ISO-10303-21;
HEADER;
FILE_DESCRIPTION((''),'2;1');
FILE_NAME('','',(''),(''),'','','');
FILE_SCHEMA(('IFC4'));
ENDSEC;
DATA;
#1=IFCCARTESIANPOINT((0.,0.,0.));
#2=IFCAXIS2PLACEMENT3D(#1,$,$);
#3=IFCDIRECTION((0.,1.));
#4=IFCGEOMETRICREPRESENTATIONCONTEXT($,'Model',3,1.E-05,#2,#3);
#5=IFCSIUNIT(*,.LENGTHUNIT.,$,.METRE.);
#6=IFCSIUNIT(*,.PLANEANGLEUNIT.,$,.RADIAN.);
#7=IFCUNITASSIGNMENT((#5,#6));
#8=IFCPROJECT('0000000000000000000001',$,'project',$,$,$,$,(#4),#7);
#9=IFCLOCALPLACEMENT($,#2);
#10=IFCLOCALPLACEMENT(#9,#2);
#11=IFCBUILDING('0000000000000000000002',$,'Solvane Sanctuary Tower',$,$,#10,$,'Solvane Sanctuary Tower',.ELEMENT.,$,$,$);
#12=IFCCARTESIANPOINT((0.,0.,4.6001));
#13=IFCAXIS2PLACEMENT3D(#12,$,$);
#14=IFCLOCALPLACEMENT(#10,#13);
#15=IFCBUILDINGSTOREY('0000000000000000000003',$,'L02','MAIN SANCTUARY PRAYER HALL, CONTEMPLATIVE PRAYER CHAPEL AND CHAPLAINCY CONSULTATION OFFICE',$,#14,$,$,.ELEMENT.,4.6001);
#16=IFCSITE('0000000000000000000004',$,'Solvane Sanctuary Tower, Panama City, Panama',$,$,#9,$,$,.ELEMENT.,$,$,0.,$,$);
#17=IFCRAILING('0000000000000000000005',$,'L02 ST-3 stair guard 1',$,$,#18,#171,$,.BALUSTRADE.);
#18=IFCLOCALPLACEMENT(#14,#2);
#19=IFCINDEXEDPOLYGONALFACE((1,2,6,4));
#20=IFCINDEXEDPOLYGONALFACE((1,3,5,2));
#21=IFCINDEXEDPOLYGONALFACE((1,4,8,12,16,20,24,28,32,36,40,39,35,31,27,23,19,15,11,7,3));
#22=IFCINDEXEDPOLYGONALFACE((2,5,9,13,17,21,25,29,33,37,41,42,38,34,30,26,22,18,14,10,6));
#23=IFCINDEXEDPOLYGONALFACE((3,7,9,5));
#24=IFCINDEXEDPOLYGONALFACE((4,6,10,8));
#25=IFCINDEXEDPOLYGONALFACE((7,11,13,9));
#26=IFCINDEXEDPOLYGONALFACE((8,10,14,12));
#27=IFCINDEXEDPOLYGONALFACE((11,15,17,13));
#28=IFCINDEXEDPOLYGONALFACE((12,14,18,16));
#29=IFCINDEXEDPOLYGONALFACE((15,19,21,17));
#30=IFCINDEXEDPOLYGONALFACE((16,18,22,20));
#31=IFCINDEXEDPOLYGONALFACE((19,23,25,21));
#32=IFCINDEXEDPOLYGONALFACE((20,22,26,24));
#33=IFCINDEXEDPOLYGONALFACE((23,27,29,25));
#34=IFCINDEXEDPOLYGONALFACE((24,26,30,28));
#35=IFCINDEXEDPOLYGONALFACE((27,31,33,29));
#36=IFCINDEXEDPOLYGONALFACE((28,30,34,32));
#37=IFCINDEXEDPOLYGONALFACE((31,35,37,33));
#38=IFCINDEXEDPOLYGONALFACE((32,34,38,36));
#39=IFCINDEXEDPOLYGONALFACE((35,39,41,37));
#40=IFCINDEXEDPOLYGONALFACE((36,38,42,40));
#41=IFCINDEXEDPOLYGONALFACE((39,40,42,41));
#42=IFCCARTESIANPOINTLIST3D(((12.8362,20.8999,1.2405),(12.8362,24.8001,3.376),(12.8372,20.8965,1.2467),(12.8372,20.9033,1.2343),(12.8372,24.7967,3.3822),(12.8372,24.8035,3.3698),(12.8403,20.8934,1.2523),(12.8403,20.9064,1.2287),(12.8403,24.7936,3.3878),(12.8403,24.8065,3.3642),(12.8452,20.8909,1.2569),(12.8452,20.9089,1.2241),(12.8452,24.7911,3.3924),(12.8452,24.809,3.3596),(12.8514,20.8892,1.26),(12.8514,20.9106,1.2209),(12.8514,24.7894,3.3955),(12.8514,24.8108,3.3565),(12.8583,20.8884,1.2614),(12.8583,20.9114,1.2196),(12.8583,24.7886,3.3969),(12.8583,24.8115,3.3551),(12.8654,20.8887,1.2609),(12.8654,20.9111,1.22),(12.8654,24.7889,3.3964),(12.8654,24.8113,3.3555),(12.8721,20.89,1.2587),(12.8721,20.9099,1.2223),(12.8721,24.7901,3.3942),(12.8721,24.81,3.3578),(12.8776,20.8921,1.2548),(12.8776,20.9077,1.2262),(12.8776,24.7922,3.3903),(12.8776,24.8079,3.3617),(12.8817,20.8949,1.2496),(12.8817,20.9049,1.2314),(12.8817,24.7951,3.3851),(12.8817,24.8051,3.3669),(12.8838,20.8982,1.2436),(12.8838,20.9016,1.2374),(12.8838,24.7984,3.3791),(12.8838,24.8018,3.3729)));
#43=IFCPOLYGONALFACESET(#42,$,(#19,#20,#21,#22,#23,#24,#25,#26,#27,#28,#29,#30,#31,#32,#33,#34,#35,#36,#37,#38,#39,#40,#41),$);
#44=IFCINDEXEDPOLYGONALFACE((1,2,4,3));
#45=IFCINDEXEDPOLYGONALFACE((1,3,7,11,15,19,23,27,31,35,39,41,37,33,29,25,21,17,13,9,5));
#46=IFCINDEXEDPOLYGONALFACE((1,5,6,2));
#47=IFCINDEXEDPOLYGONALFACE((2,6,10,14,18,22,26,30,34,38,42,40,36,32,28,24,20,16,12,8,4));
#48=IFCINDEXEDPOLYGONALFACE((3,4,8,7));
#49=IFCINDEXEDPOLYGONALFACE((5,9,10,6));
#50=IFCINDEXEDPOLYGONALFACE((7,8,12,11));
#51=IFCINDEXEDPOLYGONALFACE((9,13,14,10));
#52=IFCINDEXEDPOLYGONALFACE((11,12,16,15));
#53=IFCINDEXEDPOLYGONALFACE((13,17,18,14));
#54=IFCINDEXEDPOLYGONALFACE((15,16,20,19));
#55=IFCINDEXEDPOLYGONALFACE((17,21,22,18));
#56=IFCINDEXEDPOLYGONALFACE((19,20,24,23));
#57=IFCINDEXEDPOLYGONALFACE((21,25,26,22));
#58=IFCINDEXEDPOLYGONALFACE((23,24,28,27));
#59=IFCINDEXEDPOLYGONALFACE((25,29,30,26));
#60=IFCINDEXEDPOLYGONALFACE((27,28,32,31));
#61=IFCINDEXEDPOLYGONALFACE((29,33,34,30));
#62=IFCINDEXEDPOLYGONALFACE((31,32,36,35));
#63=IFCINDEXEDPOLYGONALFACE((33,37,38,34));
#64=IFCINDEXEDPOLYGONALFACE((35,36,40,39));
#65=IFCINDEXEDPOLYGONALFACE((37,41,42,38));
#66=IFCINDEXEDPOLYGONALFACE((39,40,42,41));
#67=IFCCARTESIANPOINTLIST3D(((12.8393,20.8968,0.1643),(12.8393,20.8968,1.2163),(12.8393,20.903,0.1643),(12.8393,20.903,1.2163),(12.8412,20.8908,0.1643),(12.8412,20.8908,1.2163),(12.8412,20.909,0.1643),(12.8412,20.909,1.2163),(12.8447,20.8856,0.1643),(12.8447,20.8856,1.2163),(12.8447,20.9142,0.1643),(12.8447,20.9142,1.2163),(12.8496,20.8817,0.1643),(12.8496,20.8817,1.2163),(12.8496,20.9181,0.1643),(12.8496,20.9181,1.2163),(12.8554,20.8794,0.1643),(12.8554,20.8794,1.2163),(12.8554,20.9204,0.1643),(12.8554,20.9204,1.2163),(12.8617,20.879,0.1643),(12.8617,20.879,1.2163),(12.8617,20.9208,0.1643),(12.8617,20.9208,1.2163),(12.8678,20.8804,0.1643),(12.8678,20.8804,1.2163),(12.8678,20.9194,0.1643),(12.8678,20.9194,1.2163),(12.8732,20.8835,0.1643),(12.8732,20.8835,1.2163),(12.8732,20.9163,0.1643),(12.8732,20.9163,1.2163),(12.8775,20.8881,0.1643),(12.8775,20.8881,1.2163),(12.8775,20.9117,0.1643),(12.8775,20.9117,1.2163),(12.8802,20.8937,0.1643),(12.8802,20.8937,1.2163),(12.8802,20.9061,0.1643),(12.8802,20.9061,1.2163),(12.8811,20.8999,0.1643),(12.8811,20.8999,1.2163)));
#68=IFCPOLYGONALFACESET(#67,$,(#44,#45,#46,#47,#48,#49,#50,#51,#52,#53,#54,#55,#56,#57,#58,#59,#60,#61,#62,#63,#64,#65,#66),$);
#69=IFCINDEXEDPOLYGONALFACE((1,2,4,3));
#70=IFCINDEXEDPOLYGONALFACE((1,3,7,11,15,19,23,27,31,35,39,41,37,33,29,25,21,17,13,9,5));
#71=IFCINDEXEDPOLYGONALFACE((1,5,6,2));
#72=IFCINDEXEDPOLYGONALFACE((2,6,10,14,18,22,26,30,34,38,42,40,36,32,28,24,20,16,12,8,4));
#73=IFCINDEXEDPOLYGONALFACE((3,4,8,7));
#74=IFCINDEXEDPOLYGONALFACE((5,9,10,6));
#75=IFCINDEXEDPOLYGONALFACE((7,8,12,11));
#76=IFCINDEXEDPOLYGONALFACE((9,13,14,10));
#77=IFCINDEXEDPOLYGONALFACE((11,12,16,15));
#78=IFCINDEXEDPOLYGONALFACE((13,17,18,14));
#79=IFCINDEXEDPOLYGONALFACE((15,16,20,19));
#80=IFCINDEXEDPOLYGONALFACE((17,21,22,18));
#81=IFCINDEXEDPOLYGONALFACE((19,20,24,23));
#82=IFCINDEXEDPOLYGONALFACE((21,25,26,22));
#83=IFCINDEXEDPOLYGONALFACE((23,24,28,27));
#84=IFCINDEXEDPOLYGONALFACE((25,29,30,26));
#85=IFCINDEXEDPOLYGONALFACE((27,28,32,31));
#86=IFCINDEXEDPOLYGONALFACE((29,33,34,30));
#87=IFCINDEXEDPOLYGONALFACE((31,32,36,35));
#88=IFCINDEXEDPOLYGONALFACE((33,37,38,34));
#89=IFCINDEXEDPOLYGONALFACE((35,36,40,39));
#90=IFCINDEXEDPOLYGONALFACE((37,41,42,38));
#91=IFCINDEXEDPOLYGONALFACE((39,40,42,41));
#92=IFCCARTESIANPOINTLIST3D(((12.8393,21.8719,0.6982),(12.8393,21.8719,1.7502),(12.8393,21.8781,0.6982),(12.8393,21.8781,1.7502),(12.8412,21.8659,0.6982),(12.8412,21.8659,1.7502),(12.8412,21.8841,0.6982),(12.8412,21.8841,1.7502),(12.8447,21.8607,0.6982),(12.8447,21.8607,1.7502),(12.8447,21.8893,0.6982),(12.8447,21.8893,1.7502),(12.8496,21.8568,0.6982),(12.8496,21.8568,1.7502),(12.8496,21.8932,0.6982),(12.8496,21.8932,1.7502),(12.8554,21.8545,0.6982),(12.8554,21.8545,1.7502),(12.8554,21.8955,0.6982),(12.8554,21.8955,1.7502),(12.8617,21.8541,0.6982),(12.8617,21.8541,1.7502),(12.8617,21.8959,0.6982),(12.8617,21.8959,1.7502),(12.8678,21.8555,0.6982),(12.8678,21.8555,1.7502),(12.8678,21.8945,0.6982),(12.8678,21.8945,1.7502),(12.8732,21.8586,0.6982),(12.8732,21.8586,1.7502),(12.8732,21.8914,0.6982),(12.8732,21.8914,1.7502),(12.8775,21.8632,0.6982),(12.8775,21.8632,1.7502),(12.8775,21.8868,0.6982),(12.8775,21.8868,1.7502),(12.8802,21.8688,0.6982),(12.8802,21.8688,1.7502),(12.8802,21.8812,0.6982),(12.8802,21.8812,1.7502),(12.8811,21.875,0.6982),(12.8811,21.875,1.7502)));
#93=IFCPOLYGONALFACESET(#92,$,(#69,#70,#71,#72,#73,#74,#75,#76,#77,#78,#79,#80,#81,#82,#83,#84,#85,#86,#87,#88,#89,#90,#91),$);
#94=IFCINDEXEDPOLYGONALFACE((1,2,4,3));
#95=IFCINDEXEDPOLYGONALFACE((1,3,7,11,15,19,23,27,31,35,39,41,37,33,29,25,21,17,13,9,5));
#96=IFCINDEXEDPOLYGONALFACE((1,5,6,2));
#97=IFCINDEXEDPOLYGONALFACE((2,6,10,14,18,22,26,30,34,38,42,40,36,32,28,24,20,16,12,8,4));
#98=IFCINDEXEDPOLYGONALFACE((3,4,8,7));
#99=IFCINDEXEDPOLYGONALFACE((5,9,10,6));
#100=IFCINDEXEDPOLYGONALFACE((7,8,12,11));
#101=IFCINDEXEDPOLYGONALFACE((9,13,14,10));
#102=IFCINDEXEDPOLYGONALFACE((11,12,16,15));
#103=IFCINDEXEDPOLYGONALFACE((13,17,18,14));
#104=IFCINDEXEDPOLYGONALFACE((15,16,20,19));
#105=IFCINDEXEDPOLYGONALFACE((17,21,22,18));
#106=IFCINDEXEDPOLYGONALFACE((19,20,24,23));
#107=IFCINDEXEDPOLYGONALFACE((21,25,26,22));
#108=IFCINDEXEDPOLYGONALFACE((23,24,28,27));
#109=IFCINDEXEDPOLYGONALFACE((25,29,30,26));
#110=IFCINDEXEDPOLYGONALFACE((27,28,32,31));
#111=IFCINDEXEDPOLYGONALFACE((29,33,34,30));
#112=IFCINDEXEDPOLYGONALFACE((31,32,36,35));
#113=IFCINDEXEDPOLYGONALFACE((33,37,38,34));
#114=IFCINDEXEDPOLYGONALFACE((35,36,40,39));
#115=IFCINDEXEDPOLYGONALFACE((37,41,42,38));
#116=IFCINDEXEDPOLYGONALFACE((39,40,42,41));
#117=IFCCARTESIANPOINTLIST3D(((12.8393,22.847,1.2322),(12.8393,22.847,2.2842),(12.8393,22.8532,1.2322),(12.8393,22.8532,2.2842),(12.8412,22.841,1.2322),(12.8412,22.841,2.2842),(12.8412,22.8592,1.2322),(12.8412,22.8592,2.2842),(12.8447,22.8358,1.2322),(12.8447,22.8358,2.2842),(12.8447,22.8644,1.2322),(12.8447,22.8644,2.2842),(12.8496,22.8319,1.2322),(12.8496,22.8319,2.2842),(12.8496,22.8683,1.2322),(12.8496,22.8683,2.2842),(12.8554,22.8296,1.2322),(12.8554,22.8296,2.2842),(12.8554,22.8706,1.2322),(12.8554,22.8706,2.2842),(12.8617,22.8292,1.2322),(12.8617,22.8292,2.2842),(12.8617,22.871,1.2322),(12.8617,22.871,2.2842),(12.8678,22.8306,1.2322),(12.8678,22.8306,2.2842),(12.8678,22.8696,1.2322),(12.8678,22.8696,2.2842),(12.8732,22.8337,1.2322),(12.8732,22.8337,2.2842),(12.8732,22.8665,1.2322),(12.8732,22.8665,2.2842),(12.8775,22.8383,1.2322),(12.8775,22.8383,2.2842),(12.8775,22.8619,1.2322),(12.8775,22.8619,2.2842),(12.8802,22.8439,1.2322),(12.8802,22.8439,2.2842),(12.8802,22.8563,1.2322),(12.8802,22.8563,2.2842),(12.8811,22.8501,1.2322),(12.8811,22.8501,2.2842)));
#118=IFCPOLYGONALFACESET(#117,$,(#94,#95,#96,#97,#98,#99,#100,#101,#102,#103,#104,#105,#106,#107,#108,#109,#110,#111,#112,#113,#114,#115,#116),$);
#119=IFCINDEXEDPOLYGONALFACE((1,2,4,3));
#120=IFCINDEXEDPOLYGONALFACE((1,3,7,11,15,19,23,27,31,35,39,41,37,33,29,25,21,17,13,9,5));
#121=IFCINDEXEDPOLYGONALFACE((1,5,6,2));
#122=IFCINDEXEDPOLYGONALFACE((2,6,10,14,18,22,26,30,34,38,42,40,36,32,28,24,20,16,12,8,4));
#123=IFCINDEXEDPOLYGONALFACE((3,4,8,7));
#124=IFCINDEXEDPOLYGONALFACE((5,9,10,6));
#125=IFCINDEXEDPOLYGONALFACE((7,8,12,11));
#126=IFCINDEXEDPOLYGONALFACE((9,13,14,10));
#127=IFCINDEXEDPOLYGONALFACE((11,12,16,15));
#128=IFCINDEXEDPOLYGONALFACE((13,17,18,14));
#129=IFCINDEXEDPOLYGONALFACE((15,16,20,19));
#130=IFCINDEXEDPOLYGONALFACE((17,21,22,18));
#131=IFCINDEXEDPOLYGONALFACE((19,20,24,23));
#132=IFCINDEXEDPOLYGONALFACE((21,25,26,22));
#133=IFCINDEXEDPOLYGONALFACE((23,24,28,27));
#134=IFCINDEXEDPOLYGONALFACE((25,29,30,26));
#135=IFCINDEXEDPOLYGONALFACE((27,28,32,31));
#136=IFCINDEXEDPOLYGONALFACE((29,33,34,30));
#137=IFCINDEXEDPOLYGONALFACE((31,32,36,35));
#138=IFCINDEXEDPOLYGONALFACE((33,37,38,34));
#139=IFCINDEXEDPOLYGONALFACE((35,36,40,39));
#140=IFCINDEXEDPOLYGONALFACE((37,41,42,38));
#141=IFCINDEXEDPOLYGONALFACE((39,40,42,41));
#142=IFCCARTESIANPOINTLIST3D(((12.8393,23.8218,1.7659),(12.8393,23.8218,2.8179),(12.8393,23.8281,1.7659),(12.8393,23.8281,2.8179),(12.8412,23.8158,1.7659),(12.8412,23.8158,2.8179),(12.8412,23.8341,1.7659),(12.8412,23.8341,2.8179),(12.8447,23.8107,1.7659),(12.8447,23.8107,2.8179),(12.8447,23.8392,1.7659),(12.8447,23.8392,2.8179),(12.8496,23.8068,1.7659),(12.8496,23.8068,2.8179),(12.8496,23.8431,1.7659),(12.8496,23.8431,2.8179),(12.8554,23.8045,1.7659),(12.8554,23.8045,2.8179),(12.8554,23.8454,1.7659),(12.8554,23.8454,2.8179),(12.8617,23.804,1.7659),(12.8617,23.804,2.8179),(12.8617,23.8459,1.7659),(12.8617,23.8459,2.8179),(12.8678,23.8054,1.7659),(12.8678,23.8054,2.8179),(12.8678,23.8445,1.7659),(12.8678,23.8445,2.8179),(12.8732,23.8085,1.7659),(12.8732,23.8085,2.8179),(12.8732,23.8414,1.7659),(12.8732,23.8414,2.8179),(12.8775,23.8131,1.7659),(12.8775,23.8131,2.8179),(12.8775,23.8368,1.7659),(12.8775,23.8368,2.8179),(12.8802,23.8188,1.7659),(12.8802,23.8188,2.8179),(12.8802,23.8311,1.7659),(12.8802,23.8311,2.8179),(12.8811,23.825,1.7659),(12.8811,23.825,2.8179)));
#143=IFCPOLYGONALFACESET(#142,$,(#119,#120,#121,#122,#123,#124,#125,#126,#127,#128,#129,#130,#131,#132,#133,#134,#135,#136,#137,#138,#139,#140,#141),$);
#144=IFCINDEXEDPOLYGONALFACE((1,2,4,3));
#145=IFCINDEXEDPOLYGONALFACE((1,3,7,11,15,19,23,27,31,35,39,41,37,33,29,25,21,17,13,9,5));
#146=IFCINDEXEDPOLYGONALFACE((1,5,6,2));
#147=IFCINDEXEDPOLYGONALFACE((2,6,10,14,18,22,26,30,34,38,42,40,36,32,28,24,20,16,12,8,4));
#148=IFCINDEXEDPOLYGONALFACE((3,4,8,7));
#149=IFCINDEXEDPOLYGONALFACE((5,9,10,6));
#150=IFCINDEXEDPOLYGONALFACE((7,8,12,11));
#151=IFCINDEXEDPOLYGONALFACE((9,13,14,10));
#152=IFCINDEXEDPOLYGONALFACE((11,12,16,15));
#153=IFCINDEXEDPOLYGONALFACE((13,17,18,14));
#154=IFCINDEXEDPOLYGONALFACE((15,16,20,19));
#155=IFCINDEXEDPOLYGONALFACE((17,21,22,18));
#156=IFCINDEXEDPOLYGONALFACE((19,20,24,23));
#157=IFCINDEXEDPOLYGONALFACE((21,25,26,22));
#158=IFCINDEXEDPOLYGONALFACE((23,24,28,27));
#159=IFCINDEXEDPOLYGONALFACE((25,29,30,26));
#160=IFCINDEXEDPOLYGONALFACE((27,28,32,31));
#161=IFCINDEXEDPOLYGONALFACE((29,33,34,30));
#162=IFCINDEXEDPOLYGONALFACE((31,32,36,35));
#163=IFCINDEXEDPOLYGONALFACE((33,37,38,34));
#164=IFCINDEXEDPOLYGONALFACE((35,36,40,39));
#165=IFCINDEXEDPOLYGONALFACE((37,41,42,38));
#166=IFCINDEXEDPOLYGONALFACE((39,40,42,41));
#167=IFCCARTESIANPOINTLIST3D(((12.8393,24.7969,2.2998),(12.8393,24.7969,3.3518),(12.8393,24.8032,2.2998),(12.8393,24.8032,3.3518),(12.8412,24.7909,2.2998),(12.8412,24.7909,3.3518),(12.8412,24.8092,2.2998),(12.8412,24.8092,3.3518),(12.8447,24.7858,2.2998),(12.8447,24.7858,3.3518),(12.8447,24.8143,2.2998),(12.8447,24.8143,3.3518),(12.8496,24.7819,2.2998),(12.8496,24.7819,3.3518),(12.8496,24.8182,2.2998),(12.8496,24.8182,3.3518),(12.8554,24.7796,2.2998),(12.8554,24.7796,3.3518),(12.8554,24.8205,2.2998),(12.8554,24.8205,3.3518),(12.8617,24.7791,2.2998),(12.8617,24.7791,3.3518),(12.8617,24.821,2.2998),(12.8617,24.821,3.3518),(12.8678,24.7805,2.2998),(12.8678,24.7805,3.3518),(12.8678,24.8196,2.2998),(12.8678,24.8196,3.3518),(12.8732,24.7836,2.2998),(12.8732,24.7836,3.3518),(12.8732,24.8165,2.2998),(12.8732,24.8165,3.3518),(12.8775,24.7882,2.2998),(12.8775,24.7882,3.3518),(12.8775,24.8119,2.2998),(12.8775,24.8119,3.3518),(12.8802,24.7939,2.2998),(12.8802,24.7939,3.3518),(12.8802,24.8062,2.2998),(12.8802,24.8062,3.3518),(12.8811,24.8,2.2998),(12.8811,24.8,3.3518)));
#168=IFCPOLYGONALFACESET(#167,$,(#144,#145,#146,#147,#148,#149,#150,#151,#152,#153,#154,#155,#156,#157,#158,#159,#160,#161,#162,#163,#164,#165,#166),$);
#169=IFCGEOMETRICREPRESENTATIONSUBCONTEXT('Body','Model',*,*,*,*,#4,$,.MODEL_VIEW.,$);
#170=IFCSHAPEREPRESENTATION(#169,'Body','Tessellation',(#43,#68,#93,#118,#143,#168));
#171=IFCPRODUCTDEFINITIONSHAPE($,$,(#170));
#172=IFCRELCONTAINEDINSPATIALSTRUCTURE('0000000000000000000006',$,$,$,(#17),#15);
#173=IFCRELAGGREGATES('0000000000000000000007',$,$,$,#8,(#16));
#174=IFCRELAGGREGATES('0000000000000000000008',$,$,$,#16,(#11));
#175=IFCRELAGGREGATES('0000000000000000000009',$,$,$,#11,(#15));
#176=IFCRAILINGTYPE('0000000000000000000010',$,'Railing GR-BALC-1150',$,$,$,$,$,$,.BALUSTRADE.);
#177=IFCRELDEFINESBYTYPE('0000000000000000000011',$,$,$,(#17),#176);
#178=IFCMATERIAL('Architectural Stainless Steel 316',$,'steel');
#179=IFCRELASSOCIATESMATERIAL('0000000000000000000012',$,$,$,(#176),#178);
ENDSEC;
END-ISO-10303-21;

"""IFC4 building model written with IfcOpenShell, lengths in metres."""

from ifc_helpers import new_model, si_unit, direction, frame, origin, origin_2d, place, context, subcontext, project, spatial, circle, extrude, material, type_object, element, save


model = new_model("IFC4")

# Units and contexts
model_context = context("Model", 3, precision=1e-05, world=origin(), true_north=direction((0.0, 1.0)))
body_context = subcontext(model_context, "Body", "Model", "MODEL_VIEW")
ifc_project = project(units=[si_unit("LENGTHUNIT", "METRE"), si_unit("PLANEANGLEUNIT", "RADIAN")], contexts=[model_context])

# Site, building, storey
site_placement = place(None, origin())
site = spatial("IfcSite", under=ifc_project, at=site_placement, Name="Solvane Sanctuary Tower, Panama City, Panama", CompositionType="ELEMENT", RefElevation=0.0)
building_placement = place(site_placement, origin())
building = spatial("IfcBuilding", under=site, at=building_placement, Name="Solvane Sanctuary Tower", LongName="Solvane Sanctuary Tower", CompositionType="ELEMENT")
storey_placement = place(building_placement, frame((0.0, 0.0, 4.6001)))
storey = spatial("IfcBuildingStorey", under=building, at=storey_placement, Name="L02", Description="MAIN SANCTUARY PRAYER HALL, CONTEMPLATIVE PRAYER CHAPEL AND CHAPLAINCY CONSULTATION OFFICE", CompositionType="ELEMENT", Elevation=4.6001)

# Shared definitions
ifc_material_1 = material(Name="Architectural Stainless Steel 316", Category="steel")

# Railing
railing_type_1 = type_object("IfcRailingType", Name="Railing GR-BALC-1150", PredefinedType="BALUSTRADE", material=ifc_material_1)
railing_1_placement = place(storey_placement, frame((12.8601, 20.8999, 0.1643)))
element("IfcRailing", 1, at=railing_1_placement, inside=storey, type_object=railing_type_1, Name="L02 ST-3 stair guard 1", PredefinedType="BALUSTRADE", context=body_context, shape_type="SweptSolid", body=[
    extrude(circle(Radius=0.0239, at=origin_2d()), frame((0.0, 0.0, 1.0762), z_axis=(0.0, 0.877124, 0.480263), x_axis=(-1.0, 0.0, 0.0)), (0.0, 0.0, 1.0), 4.4465),
    extrude(circle(Radius=0.021, at=origin_2d()), origin(), (0.0, 0.0, 1.0), 1.052),
    extrude(circle(Radius=0.021, at=origin_2d()), frame((0.0, 0.9751, 0.5339)), (0.0, 0.0, 1.0), 1.052),
    extrude(circle(Radius=0.021, at=origin_2d()), frame((0.0, 1.9502, 1.0679)), (0.0, 0.0, 1.0), 1.052),
    extrude(circle(Radius=0.021, at=origin_2d()), frame((0.0, 2.925, 1.6016)), (0.0, 0.0, 1.0), 1.052),
    extrude(circle(Radius=0.021, at=origin_2d()), frame((0.0, 3.9001, 2.1355)), (0.0, 0.0, 1.0), 1.052),
])

save(model, "model.ifc")
